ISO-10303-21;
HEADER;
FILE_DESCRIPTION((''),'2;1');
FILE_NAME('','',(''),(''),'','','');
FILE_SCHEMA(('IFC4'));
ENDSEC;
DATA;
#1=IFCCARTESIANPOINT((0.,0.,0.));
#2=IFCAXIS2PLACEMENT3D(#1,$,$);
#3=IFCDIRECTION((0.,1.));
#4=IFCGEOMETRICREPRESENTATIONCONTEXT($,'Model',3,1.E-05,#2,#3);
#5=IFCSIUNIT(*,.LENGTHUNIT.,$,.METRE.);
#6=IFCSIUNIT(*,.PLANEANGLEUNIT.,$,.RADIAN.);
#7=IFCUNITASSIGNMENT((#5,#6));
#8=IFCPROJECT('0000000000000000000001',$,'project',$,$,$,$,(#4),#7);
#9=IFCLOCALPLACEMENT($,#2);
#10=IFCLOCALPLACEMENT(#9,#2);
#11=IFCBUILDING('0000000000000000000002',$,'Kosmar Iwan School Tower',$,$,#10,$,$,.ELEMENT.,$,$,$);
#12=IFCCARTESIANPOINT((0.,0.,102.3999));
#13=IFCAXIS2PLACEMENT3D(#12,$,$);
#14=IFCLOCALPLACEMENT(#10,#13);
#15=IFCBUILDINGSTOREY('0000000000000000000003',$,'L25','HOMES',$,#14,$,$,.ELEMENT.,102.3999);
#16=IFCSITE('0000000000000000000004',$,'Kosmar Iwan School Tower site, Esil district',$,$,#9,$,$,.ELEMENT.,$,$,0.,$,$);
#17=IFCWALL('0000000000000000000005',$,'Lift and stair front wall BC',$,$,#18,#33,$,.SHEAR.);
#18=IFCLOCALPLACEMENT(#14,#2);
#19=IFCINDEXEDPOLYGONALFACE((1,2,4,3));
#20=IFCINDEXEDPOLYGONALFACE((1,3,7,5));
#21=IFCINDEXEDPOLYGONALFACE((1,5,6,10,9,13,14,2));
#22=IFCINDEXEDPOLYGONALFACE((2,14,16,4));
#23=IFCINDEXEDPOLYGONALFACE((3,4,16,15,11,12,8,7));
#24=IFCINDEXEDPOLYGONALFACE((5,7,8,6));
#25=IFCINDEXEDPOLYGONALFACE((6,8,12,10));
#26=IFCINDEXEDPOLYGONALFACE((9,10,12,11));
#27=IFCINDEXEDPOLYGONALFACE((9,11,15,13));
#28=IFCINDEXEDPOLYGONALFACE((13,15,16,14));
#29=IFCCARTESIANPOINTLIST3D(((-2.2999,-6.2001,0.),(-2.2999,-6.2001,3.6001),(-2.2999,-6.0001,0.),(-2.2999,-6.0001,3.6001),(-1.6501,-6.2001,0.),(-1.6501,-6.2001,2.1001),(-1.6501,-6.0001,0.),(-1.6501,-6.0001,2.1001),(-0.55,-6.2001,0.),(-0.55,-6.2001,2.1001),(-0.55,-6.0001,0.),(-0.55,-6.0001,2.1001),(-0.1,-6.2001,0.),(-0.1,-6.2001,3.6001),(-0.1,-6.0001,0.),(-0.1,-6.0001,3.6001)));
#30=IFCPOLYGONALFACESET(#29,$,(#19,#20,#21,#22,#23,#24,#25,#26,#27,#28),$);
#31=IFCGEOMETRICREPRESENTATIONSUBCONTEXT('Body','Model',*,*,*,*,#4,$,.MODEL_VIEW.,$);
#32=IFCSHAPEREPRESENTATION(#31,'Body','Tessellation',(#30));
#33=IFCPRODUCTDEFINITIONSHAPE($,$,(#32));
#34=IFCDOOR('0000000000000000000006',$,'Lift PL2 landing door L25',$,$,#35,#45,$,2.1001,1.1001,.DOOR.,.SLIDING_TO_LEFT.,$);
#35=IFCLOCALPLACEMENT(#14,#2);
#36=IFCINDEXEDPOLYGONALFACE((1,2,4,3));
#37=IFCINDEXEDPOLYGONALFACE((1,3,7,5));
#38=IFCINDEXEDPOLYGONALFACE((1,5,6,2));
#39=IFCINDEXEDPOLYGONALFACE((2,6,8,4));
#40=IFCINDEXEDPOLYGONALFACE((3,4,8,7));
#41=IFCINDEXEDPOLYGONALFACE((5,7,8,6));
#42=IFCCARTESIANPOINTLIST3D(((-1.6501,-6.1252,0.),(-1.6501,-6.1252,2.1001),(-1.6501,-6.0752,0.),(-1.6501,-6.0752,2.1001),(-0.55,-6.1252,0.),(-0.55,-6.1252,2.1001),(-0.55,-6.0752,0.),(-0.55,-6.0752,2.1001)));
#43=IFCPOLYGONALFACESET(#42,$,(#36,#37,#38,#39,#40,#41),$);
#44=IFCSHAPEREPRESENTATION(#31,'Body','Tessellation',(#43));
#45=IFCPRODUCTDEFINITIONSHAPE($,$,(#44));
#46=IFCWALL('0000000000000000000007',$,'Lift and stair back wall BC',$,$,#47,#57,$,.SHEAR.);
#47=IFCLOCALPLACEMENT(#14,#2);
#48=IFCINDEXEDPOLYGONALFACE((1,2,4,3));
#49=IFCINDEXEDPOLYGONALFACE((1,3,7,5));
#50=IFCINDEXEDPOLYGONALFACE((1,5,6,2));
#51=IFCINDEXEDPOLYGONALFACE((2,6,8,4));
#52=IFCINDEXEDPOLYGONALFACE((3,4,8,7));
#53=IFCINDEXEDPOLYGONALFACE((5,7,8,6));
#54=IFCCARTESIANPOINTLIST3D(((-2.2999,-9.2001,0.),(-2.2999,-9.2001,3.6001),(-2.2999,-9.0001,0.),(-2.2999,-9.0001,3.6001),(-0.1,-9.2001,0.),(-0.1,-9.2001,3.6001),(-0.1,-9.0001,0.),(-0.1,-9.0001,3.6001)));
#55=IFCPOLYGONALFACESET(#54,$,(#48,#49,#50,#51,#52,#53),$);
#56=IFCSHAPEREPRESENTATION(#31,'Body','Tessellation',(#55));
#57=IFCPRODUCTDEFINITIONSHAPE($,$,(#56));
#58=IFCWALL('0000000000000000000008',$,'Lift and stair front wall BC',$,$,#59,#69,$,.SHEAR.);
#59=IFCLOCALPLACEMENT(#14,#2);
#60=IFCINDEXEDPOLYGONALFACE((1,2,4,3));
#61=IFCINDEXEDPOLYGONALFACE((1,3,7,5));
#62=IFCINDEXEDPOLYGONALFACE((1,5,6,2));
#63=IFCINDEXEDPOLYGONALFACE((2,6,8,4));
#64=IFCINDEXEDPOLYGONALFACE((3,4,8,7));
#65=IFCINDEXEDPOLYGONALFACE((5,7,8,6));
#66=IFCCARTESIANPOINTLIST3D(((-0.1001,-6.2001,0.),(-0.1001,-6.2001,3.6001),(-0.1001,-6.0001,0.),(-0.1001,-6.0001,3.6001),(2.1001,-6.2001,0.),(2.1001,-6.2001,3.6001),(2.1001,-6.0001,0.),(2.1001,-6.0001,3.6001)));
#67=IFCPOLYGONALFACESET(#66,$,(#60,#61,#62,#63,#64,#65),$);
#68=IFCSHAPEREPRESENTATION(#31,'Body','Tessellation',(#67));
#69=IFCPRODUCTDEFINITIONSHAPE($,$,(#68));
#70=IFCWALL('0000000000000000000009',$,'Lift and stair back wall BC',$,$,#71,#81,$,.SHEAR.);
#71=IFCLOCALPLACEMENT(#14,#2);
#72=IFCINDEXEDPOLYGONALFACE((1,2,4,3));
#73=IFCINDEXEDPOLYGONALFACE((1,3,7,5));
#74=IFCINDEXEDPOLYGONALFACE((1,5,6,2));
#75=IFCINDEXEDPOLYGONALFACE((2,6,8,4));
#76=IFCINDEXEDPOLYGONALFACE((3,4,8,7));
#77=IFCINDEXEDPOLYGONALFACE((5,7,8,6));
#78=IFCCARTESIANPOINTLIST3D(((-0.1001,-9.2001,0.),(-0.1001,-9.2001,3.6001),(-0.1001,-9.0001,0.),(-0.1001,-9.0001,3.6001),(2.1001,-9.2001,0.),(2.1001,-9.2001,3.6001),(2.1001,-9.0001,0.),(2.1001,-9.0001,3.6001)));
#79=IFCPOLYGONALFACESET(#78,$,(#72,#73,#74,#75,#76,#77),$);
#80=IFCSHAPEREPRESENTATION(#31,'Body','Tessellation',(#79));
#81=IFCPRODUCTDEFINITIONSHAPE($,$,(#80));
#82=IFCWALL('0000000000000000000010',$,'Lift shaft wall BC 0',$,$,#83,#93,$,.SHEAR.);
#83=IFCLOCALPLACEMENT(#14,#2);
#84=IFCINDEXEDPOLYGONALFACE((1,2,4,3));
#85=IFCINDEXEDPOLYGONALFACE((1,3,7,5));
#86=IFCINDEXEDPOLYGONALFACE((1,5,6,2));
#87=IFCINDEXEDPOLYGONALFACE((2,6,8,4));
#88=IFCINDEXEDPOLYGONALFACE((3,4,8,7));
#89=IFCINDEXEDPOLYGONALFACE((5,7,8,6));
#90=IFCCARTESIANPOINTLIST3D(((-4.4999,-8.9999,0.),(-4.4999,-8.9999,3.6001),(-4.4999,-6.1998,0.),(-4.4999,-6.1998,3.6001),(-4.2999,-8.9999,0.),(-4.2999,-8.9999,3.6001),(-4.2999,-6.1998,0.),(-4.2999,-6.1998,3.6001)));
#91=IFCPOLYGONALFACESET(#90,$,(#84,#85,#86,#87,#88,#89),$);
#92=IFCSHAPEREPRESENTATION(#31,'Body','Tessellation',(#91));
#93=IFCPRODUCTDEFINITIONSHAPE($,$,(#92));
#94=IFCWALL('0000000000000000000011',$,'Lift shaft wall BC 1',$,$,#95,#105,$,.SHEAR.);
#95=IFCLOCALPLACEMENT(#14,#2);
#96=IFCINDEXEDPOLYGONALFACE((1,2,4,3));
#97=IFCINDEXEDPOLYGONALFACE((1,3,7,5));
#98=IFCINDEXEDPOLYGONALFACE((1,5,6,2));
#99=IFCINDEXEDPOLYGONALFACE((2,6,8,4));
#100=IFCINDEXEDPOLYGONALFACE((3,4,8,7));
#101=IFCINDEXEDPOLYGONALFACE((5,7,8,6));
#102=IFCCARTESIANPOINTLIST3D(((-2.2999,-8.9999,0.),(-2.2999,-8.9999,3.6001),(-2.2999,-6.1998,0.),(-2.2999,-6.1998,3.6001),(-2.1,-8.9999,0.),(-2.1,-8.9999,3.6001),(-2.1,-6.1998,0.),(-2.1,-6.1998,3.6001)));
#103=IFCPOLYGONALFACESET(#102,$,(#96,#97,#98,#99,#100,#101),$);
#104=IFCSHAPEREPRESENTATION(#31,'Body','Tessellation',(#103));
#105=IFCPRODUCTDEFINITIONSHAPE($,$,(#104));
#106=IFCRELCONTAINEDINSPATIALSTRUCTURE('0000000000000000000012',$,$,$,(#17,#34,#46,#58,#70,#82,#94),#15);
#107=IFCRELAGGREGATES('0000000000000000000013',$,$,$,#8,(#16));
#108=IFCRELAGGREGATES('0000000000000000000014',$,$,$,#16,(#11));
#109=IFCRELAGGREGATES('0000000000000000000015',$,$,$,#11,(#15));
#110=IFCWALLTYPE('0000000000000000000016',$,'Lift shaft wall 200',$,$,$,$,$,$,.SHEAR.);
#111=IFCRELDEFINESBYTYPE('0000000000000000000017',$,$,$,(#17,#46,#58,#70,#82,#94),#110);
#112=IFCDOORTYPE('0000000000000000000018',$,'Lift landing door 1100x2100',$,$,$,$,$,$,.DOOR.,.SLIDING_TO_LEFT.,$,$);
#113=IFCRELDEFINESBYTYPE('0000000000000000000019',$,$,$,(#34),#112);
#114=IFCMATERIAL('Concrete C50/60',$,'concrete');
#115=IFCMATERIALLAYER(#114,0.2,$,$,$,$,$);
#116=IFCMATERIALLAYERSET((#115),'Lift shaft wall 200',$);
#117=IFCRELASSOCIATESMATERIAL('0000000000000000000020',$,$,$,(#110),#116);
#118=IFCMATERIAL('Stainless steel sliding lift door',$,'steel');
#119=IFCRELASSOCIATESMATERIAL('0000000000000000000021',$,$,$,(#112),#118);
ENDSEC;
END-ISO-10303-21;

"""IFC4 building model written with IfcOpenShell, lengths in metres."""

from ifc_helpers import new_model, si_unit, direction, frame, frame_2d, origin, place, context, subcontext, project, spatial, rectangle, extrude, material, layer, layer_set, type_object, element, fill, save


model = new_model("IFC4")

# Units and contexts
model_context = context("Model", 3, precision=1e-05, world=origin(), true_north=direction((0.0, 1.0)))
body_context = subcontext(model_context, "Body", "Model", "MODEL_VIEW")
ifc_project = project(units=[si_unit("LENGTHUNIT", "METRE"), si_unit("PLANEANGLEUNIT", "RADIAN")], contexts=[model_context])

# Site, building, storey
site_placement = place(None, origin())
site = spatial("IfcSite", under=ifc_project, at=site_placement, Name="Kosmar Iwan School Tower site, Esil district", CompositionType="ELEMENT", RefElevation=0.0)
building_placement = place(site_placement, origin())
building = spatial("IfcBuilding", under=site, at=building_placement, Name="Kosmar Iwan School Tower", CompositionType="ELEMENT")
storey_placement = place(building_placement, frame((0.0, 0.0, 102.3999)))
storey = spatial("IfcBuildingStorey", under=building, at=storey_placement, Name="L25", Description="HOMES", CompositionType="ELEMENT", Elevation=102.3999)

# Shared definitions
ifc_material_1 = material(Name="Concrete C50/60", Category="concrete")
ifc_layer_1 = layer(ifc_material_1, 0.2)
ifc_layer_set_1 = layer_set([ifc_layer_1], Name="Lift shaft wall 200")
wall_type_1 = type_object("IfcWallType", Name="Lift shaft wall 200", PredefinedType="SHEAR", material=ifc_layer_set_1)
ifc_material_2 = material(Name="Stainless steel sliding lift door", Category="steel")
door_type_1 = type_object("IfcDoorType", Name="Lift landing door 1100x2100", OperationType="SLIDING_TO_LEFT", PredefinedType="DOOR", material=ifc_material_2)

# Wall, opening, door
wall_1_placement = place(storey_placement, frame((-2.3, -6.1001, 0.0), z_axis=(0.0, 0.0, 1.0), x_axis=(1.0, 0.0, 0.0)))
wall_1 = element("IfcWall", 1, at=wall_1_placement, inside=storey, type_object=wall_type_1, Name="Lift and stair front wall BC", PredefinedType="SHEAR", context=body_context, shape_type="SweptSolid", body=[
    extrude(rectangle(XDim=2.2, YDim=0.2, at=frame_2d((1.1001, 0.0))), origin(), (0.0, 0.0, 1.0), 3.6001),
])
opening_1_placement = place(wall_1_placement, frame((0.6499, 0.0, 0.0)))
opening_1 = element("IfcOpeningElement", 2, at=opening_1_placement, cuts=wall_1, PredefinedType="OPENING", context=body_context, shape_type="SweptSolid", body=[
    extrude(rectangle(XDim=1.1001, YDim=2.1001, at=frame_2d((0.55, 1.05))), frame((0.0, 0.1121, 0.0), z_axis=(0.0, -1.0, 0.0), x_axis=(1.0, 0.0, 0.0)), (0.0, 0.0, 1.0), 0.2239),
])
door_1_placement = place(opening_1_placement, origin())
door_1 = element("IfcDoor", 3, at=door_1_placement, inside=storey, type_object=door_type_1, Name="Lift PL2 landing door L25", OperationType="SLIDING_TO_LEFT", OverallHeight=2.1001, OverallWidth=1.1001, PredefinedType="DOOR", context=body_context, shape_type="SweptSolid", body=[
    extrude(rectangle(XDim=1.1001, YDim=2.1001, at=frame_2d((0.55, 1.05))), frame((0.0, 0.0249, 0.0), z_axis=(0.0, -1.0, 0.0), x_axis=(1.0, 0.0, 0.0)), (0.0, 0.0, 1.0), 0.05),
])
fill(opening_1, door_1)

# Walls
wall_2_placement = place(storey_placement, frame((-2.3, -9.1001, 0.0), z_axis=(0.0, 0.0, 1.0), x_axis=(1.0, 0.0, 0.0)))
element("IfcWall", 4, at=wall_2_placement, inside=storey, type_object=wall_type_1, Name="Lift and stair back wall BC", PredefinedType="SHEAR", context=body_context, shape_type="SweptSolid", body=[
    extrude(rectangle(XDim=2.2, YDim=0.2, at=frame_2d((1.1001, 0.0))), origin(), (0.0, 0.0, 1.0), 3.6001),
])
for number, where, z_axis, x_axis, name in (
    (5, (-0.1001, -6.1001, 0.0), (0.0, 0.0, 1.0), (1.0, 0.0, 0.0), "Lift and stair front wall BC"),
    (6, (-0.1001, -9.1001, 0.0), (0.0, 0.0, 1.0), (1.0, 0.0, 0.0), "Lift and stair back wall BC"),
):
    element("IfcWall", number, at=place(storey_placement, frame(where, z_axis=z_axis, x_axis=x_axis)), inside=storey, type_object=wall_type_1, Name=name, PredefinedType="SHEAR", context=body_context, shape_type="SweptSolid", body=[
        extrude(rectangle(XDim=2.2002, YDim=0.2, at=frame_2d((1.1001, 0.0))), origin(), (0.0, 0.0, 1.0), 3.6001),
    ])
for number, where, z_axis, x_axis, name in (
    (7, (-4.3999, -6.2, 0.0), (0.0, 0.0, 1.0), (0.0, -1.0, 0.0), "Lift shaft wall BC 0"),
    (8, (-2.2, -6.2, 0.0), (0.0, 0.0, 1.0), (0.0, -1.0, 0.0), "Lift shaft wall BC 1"),
):
    element("IfcWall", number, at=place(storey_placement, frame(where, z_axis=z_axis, x_axis=x_axis)), inside=storey, type_object=wall_type_1, Name=name, PredefinedType="SHEAR", context=body_context, shape_type="SweptSolid", body=[
        extrude(rectangle(XDim=2.8, YDim=0.2, at=frame_2d((1.3999, 0.0))), origin(), (0.0, 0.0, 1.0), 3.6001),
    ])

save(model, "model.ifc")
